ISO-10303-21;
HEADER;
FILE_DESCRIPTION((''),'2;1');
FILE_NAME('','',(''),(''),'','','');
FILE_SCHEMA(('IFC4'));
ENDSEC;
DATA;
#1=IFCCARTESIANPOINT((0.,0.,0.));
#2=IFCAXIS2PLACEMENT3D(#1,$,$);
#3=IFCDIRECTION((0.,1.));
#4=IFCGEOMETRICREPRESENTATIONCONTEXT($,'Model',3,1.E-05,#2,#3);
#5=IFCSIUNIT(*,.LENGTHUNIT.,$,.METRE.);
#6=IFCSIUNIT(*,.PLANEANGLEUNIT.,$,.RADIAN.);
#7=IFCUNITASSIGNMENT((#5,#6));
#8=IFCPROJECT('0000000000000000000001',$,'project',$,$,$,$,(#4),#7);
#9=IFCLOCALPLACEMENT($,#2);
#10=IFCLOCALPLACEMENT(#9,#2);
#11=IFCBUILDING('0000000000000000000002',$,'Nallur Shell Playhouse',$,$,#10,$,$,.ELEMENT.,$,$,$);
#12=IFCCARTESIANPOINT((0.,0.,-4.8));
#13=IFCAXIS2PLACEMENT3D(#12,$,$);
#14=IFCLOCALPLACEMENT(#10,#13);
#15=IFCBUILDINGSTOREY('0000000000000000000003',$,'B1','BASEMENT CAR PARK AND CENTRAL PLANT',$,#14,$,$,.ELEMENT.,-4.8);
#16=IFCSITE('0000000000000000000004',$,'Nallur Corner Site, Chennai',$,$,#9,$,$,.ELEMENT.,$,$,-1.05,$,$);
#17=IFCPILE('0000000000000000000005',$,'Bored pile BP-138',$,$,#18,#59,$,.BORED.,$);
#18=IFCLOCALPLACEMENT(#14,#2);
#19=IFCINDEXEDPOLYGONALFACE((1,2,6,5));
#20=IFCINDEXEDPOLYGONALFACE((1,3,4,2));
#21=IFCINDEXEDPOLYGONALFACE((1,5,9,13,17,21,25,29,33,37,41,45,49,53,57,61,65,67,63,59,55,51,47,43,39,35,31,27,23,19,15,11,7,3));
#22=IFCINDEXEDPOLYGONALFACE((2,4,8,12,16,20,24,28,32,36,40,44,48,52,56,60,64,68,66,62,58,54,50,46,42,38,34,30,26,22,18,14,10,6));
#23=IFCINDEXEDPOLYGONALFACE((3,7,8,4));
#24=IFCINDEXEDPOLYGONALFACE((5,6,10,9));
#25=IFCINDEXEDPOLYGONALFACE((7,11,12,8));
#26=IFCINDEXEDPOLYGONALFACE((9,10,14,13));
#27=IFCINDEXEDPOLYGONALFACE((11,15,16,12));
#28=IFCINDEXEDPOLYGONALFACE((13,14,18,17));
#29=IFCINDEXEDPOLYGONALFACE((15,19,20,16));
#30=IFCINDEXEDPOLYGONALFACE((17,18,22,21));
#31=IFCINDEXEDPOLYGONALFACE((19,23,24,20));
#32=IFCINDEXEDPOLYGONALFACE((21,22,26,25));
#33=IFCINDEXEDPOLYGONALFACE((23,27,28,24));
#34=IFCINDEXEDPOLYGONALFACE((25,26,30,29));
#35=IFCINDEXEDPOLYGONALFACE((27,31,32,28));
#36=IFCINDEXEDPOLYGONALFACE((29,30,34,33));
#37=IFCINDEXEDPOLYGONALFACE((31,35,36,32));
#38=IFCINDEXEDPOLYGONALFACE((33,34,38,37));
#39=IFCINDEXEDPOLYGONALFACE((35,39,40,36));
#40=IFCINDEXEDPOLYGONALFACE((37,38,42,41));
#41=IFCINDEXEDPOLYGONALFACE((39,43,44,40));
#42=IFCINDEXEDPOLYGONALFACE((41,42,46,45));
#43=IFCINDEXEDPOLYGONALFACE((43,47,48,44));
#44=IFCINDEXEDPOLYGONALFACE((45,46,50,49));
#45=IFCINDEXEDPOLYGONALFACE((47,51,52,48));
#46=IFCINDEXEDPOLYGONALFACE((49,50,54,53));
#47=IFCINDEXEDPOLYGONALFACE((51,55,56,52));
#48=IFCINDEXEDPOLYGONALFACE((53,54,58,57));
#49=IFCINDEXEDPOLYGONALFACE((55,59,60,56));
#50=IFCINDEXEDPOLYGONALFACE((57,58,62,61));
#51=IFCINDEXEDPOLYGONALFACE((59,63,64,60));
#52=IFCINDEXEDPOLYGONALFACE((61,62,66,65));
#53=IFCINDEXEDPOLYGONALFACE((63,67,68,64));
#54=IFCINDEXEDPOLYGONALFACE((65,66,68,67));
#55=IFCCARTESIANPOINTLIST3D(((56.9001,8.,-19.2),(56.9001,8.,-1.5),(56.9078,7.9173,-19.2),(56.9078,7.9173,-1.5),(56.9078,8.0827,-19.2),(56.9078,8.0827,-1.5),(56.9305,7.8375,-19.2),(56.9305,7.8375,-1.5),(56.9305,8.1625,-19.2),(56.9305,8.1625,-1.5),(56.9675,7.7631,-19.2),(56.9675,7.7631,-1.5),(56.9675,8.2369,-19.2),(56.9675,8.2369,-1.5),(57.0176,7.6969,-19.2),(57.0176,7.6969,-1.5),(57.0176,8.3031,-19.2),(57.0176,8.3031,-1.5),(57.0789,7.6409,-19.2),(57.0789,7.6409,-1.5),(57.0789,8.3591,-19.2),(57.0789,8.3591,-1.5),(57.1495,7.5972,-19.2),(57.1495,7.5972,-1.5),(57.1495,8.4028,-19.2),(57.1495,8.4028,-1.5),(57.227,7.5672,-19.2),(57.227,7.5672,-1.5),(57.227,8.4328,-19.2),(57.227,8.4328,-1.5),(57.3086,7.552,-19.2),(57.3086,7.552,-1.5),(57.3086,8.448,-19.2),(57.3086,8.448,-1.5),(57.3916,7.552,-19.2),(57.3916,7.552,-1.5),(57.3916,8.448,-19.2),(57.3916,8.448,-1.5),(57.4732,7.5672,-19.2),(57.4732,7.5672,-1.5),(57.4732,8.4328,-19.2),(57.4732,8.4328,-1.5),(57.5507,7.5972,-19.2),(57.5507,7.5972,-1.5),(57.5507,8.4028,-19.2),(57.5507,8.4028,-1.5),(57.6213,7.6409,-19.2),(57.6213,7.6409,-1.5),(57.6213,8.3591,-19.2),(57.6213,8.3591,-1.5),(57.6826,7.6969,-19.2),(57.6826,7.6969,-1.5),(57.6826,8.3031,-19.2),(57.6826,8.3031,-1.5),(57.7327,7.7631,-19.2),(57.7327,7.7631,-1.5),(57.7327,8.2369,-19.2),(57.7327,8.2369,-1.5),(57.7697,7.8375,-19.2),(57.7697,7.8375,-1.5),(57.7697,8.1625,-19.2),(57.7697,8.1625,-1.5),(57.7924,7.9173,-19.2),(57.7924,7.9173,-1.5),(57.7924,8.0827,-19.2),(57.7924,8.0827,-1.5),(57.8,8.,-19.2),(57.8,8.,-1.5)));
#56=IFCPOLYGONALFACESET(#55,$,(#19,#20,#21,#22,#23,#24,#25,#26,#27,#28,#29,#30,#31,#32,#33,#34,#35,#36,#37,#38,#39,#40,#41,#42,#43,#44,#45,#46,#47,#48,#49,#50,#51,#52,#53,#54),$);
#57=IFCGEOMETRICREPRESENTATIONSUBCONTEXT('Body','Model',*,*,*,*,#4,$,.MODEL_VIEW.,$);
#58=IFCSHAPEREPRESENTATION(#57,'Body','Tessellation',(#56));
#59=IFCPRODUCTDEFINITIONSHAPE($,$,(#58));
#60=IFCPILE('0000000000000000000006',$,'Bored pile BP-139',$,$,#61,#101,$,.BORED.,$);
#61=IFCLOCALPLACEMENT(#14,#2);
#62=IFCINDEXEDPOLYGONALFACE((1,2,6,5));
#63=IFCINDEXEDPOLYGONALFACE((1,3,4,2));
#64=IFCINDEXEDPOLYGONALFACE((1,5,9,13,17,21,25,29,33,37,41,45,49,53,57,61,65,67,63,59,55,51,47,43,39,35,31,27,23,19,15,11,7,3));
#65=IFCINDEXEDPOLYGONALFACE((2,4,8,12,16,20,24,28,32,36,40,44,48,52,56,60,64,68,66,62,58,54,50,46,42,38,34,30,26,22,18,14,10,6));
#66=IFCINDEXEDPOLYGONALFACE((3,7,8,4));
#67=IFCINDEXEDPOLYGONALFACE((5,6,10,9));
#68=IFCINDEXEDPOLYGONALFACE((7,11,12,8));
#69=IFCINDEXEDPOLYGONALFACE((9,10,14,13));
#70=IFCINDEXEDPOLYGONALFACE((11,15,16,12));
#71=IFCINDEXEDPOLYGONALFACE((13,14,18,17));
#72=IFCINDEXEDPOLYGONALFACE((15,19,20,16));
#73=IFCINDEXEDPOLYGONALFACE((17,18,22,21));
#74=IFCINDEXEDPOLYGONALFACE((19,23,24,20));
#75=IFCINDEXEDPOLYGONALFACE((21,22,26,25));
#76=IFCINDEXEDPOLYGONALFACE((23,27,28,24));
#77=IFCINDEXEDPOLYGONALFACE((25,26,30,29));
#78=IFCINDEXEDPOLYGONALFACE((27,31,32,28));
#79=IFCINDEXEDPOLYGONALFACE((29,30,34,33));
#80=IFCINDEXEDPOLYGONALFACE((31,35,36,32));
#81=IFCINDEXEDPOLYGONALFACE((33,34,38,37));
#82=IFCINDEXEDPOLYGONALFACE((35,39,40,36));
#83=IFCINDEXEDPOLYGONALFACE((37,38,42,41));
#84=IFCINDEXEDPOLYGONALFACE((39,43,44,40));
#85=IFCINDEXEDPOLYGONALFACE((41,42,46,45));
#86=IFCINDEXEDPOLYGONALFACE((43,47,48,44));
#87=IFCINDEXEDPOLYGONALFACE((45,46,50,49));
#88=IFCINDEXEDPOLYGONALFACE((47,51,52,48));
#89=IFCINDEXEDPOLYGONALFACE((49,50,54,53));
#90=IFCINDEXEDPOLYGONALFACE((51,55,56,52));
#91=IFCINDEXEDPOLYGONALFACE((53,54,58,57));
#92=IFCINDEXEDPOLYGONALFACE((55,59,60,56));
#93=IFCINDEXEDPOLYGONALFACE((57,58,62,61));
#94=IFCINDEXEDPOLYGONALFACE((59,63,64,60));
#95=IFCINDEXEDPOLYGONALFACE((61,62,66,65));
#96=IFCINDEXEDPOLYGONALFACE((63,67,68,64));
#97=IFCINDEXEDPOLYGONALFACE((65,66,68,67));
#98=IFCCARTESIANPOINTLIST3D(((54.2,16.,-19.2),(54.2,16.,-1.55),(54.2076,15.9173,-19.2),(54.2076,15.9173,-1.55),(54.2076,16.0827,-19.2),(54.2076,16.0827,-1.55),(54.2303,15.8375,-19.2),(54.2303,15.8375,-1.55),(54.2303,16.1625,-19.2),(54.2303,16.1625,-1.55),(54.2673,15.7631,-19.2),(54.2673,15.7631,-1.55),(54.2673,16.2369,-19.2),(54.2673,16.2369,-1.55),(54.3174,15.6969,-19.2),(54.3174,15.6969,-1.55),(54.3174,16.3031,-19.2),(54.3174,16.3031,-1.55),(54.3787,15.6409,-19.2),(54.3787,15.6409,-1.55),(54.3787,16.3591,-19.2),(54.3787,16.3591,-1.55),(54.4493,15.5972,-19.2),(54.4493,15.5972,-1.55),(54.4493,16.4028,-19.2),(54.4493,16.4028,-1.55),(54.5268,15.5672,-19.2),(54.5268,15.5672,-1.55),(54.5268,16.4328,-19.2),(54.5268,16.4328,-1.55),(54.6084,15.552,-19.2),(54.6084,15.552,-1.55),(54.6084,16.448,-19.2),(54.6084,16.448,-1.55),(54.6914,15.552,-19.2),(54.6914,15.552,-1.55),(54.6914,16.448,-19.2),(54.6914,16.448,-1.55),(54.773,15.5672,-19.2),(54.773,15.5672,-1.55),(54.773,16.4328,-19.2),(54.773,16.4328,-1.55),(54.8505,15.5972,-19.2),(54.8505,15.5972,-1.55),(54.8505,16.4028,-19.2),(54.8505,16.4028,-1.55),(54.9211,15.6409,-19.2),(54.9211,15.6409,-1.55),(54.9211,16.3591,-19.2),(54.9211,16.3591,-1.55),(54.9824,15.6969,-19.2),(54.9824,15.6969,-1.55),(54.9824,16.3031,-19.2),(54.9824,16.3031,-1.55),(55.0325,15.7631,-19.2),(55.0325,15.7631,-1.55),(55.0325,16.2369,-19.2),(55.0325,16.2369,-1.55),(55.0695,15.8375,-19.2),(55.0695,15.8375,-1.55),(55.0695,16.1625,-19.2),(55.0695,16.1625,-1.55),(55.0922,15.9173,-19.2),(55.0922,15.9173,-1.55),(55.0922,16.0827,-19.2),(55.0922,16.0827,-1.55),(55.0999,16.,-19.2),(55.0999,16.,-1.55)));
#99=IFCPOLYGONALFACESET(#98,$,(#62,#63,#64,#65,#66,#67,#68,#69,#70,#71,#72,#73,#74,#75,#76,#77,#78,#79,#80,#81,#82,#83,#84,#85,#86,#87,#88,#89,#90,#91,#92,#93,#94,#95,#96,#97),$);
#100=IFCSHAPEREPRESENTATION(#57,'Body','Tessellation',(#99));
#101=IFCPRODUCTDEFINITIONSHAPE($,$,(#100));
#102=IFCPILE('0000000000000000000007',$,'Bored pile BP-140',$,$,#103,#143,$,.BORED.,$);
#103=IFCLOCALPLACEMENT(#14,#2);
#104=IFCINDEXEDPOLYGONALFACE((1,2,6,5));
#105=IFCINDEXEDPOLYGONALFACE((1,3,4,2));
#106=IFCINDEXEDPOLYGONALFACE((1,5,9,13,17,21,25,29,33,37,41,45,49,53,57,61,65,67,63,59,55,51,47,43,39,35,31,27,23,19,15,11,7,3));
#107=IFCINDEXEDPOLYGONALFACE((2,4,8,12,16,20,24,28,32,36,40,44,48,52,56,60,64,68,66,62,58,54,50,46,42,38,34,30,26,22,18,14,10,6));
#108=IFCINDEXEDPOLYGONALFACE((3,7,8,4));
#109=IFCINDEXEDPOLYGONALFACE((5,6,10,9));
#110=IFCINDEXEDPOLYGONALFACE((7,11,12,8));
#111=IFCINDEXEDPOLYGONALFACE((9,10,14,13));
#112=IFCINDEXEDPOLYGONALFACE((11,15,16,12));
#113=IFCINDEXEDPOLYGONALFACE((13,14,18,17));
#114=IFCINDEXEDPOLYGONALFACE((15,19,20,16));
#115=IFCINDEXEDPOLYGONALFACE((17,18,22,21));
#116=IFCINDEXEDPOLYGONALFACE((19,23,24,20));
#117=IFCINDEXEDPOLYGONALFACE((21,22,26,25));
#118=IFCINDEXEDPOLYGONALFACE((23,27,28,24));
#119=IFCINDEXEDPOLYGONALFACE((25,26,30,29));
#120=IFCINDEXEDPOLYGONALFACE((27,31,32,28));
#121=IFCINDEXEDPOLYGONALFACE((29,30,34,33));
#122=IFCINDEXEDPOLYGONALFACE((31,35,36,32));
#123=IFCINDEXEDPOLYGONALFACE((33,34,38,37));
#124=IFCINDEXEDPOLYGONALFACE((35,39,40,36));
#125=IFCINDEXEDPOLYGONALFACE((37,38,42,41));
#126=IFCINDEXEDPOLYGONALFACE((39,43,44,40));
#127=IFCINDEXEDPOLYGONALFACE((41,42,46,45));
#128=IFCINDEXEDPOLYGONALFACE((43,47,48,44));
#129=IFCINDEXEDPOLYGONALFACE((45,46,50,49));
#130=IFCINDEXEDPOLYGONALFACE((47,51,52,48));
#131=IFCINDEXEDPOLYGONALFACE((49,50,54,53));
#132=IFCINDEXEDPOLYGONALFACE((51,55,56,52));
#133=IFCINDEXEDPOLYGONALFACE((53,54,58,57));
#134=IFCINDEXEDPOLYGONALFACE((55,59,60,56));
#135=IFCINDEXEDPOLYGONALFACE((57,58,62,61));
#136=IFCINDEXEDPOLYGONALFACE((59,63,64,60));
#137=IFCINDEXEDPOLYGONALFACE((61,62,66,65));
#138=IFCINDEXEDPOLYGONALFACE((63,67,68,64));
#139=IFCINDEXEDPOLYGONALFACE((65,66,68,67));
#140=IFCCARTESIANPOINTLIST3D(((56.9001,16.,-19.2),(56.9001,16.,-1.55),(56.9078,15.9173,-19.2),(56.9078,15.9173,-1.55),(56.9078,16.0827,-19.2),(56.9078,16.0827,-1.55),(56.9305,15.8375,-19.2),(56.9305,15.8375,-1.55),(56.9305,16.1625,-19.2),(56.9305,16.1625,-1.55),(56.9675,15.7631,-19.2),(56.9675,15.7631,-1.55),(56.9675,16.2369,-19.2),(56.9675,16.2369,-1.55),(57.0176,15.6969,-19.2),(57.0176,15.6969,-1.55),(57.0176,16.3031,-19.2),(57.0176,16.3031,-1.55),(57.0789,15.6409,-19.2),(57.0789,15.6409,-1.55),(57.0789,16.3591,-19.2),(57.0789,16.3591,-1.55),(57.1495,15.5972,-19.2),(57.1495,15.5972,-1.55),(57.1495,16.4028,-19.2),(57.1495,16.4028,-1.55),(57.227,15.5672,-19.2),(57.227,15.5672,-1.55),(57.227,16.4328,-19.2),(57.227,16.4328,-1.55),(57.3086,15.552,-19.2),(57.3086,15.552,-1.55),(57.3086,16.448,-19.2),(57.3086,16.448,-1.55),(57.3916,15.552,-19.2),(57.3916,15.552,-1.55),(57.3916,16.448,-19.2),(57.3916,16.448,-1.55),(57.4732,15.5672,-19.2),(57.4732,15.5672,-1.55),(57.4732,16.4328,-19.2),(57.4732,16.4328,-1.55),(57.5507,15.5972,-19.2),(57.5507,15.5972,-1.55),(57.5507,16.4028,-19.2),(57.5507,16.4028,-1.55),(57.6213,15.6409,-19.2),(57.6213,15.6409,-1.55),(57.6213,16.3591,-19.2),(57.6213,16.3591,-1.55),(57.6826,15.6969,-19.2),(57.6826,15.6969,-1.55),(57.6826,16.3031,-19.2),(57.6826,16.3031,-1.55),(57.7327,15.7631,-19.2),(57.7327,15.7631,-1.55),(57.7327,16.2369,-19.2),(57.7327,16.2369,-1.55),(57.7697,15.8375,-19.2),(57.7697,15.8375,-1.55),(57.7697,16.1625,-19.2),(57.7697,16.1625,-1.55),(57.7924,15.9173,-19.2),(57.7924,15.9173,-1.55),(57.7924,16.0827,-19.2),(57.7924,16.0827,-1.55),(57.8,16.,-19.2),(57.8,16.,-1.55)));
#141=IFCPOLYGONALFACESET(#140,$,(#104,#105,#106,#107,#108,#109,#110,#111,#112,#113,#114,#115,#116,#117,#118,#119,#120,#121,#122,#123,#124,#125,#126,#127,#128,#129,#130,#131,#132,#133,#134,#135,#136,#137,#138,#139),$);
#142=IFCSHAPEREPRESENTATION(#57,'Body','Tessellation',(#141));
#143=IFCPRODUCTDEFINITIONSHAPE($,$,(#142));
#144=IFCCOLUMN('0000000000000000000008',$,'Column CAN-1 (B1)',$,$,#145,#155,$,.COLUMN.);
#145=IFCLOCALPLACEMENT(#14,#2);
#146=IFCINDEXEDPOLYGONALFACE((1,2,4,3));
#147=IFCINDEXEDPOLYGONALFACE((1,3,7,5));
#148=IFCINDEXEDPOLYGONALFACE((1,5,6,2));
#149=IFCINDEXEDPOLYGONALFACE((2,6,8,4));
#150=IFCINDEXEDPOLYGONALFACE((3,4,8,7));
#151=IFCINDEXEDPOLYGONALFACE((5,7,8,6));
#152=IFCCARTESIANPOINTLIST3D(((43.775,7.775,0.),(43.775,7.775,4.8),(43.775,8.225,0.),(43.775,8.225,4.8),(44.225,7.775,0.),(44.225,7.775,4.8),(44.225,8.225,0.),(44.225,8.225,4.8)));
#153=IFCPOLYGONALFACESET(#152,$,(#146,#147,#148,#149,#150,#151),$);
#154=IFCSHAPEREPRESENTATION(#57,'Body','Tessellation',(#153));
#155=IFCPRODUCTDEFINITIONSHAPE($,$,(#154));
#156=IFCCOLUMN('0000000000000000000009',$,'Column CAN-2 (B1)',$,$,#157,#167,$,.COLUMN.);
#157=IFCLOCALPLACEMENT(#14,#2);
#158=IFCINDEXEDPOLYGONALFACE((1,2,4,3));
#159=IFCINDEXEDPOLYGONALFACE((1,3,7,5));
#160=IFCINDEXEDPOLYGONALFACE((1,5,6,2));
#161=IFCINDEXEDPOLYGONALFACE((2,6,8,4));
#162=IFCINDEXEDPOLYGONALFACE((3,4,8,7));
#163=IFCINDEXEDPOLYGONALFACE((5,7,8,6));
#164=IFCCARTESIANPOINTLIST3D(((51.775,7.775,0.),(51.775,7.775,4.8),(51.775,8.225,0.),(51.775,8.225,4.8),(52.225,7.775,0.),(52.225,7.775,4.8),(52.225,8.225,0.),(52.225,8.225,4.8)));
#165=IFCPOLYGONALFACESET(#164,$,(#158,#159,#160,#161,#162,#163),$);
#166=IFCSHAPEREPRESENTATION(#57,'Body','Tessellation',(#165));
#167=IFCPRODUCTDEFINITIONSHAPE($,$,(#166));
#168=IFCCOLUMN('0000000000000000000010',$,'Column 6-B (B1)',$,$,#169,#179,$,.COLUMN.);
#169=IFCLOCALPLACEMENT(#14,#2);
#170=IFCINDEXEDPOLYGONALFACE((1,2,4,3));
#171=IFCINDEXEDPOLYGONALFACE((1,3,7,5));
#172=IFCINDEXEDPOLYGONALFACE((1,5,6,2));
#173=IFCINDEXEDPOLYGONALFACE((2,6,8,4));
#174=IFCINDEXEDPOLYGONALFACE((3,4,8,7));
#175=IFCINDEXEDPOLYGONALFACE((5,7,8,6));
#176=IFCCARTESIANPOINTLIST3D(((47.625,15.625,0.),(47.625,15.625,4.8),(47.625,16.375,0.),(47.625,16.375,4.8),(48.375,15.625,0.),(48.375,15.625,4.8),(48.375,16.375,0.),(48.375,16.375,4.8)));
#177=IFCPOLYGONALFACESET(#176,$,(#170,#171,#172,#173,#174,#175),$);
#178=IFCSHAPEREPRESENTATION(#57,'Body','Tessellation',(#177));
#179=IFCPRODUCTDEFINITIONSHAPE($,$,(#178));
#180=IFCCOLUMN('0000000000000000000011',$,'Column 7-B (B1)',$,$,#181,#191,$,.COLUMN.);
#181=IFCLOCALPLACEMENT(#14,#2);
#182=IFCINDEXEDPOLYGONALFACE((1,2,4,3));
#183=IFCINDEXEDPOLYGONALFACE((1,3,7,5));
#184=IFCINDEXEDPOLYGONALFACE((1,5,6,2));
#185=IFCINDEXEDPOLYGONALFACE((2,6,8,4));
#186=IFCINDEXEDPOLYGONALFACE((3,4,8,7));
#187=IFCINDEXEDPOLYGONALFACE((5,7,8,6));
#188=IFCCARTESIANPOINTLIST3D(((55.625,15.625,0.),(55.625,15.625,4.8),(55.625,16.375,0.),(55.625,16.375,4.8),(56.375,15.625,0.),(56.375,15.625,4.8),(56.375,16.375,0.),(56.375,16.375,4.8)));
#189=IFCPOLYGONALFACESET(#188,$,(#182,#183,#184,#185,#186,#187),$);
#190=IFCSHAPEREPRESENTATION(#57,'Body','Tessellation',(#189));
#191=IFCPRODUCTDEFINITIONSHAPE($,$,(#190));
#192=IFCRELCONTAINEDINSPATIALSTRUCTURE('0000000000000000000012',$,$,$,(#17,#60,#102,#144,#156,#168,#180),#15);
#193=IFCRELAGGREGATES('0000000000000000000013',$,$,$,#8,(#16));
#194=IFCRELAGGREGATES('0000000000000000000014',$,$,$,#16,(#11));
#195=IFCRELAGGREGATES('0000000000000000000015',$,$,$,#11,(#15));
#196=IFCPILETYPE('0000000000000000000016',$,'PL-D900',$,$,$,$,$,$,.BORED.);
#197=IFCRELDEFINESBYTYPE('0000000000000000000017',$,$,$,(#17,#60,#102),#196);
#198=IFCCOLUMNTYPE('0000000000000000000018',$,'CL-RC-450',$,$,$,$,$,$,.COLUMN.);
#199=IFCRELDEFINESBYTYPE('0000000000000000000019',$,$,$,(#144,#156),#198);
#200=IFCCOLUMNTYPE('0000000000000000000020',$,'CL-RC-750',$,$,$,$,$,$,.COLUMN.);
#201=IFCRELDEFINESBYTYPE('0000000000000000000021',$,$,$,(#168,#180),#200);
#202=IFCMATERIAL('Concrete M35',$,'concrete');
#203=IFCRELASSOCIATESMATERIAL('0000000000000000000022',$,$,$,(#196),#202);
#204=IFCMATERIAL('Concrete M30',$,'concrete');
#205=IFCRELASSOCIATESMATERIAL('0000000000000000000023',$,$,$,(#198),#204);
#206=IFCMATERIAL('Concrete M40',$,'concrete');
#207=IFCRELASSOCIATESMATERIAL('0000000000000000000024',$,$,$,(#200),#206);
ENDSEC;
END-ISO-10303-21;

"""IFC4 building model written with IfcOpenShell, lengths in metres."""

from ifc_helpers import new_model, si_unit, direction, frame, origin, origin_2d, place, context, subcontext, project, spatial, rectangle, circle, extrude, material, material_profile, profile_set, type_object, element, save


model = new_model("IFC4")

# Units and contexts
model_context = context("Model", 3, precision=1e-05, world=origin(), true_north=direction((0.0, 1.0)))
body_context = subcontext(model_context, "Body", "Model", "MODEL_VIEW")
ifc_project = project(units=[si_unit("LENGTHUNIT", "METRE"), si_unit("PLANEANGLEUNIT", "RADIAN")], contexts=[model_context])

# Site, building, storey
site_placement = place(None, origin())
site = spatial("IfcSite", under=ifc_project, at=site_placement, Name="Nallur Corner Site, Chennai", CompositionType="ELEMENT", RefElevation=-1.05)
building_placement = place(site_placement, origin())
building = spatial("IfcBuilding", under=site, at=building_placement, Name="Nallur Shell Playhouse", CompositionType="ELEMENT")
storey_placement = place(building_placement, frame((0.0, 0.0, -4.8)))
storey = spatial("IfcBuildingStorey", under=building, at=storey_placement, Name="B1", Description="BASEMENT CAR PARK AND CENTRAL PLANT", CompositionType="ELEMENT", Elevation=-4.8)

# Shared definitions
ifc_material_1 = material(Name="Concrete M35", Category="concrete")

# Piles
ifc_material_profile_1 = material_profile(ifc_material_1, circle(Radius=0.45, at=origin_2d()), Name="BORED PILE D900")
ifc_profile_set_1 = profile_set([ifc_material_profile_1], Name="Concrete M35")
pile_type_1 = type_object("IfcPileType", Name="PL-D900", PredefinedType="BORED", material=ifc_profile_set_1)
for number, where, z_axis, x_axis, name in (
    (1, (57.3501, 8.0, -1.5), (0.0, 0.0, -1.0), (1.0, 0.0, 0.0), "Bored pile BP-138"),
):
    element("IfcPile", number, at=place(storey_placement, frame(where, z_axis=z_axis, x_axis=x_axis)), inside=storey, type_object=pile_type_1, Name=name, PredefinedType="BORED", context=body_context, shape_type="SweptSolid", body=[
        extrude(circle(Radius=0.45, at=origin_2d()), origin(), (0.0, 0.0, 1.0), 17.7),
    ])
for number, where, z_axis, x_axis, name in (
    (2, (54.6499, 16.0, -1.55), (0.0, 0.0, -1.0), (1.0, 0.0, 0.0), "Bored pile BP-139"),
    (3, (57.3501, 16.0, -1.55), (0.0, 0.0, -1.0), (1.0, 0.0, 0.0), "Bored pile BP-140"),
):
    element("IfcPile", number, at=place(storey_placement, frame(where, z_axis=z_axis, x_axis=x_axis)), inside=storey, type_object=pile_type_1, Name=name, PredefinedType="BORED", context=body_context, shape_type="SweptSolid", body=[
        extrude(circle(Radius=0.45, at=origin_2d()), origin(), (0.0, 0.0, 1.0), 17.6499),
    ])

# Columns
ifc_material_2 = material(Name="Concrete M30", Category="concrete")
ifc_material_profile_2 = material_profile(ifc_material_2, rectangle(XDim=0.45, YDim=0.45, at=origin_2d()), Name="RC 450x450")
ifc_profile_set_2 = profile_set([ifc_material_profile_2], Name="Concrete M30")
column_type_1 = type_object("IfcColumnType", Name="CL-RC-450", PredefinedType="COLUMN", material=ifc_profile_set_2)
for number, where, z_axis, x_axis, name in (
    (4, (44.0, 8.0, 0.0), (0.0, 0.0, 1.0), (1.0, 0.0, 0.0), "Column CAN-1 (B1)"),
    (5, (52.0, 8.0, 0.0), (0.0, 0.0, 1.0), (1.0, 0.0, 0.0), "Column CAN-2 (B1)"),
):
    element("IfcColumn", number, at=place(storey_placement, frame(where, z_axis=z_axis, x_axis=x_axis)), inside=storey, type_object=column_type_1, Name=name, PredefinedType="COLUMN", context=body_context, shape_type="SweptSolid", body=[
        extrude(rectangle(XDim=0.45, YDim=0.45, at=origin_2d()), origin(), (0.0, 0.0, 1.0), 4.8),
    ])
ifc_material_3 = material(Name="Concrete M40", Category="concrete")
ifc_material_profile_3 = material_profile(ifc_material_3, rectangle(XDim=0.75, YDim=0.75, at=origin_2d()), Name="RC 750x750")
ifc_profile_set_3 = profile_set([ifc_material_profile_3], Name="Concrete M40")
column_type_2 = type_object("IfcColumnType", Name="CL-RC-750", PredefinedType="COLUMN", material=ifc_profile_set_3)
for number, where, z_axis, x_axis, name in (
    (6, (48.0, 16.0, 0.0), (0.0, 0.0, 1.0), (1.0, 0.0, 0.0), "Column 6-B (B1)"),
    (7, (56.0, 16.0, 0.0), (0.0, 0.0, 1.0), (1.0, 0.0, 0.0), "Column 7-B (B1)"),
):
    element("IfcColumn", number, at=place(storey_placement, frame(where, z_axis=z_axis, x_axis=x_axis)), inside=storey, type_object=column_type_2, Name=name, PredefinedType="COLUMN", context=body_context, shape_type="SweptSolid", body=[
        extrude(rectangle(XDim=0.75, YDim=0.75, at=origin_2d()), origin(), (0.0, 0.0, 1.0), 4.8),
    ])

save(model, "model.ifc")
